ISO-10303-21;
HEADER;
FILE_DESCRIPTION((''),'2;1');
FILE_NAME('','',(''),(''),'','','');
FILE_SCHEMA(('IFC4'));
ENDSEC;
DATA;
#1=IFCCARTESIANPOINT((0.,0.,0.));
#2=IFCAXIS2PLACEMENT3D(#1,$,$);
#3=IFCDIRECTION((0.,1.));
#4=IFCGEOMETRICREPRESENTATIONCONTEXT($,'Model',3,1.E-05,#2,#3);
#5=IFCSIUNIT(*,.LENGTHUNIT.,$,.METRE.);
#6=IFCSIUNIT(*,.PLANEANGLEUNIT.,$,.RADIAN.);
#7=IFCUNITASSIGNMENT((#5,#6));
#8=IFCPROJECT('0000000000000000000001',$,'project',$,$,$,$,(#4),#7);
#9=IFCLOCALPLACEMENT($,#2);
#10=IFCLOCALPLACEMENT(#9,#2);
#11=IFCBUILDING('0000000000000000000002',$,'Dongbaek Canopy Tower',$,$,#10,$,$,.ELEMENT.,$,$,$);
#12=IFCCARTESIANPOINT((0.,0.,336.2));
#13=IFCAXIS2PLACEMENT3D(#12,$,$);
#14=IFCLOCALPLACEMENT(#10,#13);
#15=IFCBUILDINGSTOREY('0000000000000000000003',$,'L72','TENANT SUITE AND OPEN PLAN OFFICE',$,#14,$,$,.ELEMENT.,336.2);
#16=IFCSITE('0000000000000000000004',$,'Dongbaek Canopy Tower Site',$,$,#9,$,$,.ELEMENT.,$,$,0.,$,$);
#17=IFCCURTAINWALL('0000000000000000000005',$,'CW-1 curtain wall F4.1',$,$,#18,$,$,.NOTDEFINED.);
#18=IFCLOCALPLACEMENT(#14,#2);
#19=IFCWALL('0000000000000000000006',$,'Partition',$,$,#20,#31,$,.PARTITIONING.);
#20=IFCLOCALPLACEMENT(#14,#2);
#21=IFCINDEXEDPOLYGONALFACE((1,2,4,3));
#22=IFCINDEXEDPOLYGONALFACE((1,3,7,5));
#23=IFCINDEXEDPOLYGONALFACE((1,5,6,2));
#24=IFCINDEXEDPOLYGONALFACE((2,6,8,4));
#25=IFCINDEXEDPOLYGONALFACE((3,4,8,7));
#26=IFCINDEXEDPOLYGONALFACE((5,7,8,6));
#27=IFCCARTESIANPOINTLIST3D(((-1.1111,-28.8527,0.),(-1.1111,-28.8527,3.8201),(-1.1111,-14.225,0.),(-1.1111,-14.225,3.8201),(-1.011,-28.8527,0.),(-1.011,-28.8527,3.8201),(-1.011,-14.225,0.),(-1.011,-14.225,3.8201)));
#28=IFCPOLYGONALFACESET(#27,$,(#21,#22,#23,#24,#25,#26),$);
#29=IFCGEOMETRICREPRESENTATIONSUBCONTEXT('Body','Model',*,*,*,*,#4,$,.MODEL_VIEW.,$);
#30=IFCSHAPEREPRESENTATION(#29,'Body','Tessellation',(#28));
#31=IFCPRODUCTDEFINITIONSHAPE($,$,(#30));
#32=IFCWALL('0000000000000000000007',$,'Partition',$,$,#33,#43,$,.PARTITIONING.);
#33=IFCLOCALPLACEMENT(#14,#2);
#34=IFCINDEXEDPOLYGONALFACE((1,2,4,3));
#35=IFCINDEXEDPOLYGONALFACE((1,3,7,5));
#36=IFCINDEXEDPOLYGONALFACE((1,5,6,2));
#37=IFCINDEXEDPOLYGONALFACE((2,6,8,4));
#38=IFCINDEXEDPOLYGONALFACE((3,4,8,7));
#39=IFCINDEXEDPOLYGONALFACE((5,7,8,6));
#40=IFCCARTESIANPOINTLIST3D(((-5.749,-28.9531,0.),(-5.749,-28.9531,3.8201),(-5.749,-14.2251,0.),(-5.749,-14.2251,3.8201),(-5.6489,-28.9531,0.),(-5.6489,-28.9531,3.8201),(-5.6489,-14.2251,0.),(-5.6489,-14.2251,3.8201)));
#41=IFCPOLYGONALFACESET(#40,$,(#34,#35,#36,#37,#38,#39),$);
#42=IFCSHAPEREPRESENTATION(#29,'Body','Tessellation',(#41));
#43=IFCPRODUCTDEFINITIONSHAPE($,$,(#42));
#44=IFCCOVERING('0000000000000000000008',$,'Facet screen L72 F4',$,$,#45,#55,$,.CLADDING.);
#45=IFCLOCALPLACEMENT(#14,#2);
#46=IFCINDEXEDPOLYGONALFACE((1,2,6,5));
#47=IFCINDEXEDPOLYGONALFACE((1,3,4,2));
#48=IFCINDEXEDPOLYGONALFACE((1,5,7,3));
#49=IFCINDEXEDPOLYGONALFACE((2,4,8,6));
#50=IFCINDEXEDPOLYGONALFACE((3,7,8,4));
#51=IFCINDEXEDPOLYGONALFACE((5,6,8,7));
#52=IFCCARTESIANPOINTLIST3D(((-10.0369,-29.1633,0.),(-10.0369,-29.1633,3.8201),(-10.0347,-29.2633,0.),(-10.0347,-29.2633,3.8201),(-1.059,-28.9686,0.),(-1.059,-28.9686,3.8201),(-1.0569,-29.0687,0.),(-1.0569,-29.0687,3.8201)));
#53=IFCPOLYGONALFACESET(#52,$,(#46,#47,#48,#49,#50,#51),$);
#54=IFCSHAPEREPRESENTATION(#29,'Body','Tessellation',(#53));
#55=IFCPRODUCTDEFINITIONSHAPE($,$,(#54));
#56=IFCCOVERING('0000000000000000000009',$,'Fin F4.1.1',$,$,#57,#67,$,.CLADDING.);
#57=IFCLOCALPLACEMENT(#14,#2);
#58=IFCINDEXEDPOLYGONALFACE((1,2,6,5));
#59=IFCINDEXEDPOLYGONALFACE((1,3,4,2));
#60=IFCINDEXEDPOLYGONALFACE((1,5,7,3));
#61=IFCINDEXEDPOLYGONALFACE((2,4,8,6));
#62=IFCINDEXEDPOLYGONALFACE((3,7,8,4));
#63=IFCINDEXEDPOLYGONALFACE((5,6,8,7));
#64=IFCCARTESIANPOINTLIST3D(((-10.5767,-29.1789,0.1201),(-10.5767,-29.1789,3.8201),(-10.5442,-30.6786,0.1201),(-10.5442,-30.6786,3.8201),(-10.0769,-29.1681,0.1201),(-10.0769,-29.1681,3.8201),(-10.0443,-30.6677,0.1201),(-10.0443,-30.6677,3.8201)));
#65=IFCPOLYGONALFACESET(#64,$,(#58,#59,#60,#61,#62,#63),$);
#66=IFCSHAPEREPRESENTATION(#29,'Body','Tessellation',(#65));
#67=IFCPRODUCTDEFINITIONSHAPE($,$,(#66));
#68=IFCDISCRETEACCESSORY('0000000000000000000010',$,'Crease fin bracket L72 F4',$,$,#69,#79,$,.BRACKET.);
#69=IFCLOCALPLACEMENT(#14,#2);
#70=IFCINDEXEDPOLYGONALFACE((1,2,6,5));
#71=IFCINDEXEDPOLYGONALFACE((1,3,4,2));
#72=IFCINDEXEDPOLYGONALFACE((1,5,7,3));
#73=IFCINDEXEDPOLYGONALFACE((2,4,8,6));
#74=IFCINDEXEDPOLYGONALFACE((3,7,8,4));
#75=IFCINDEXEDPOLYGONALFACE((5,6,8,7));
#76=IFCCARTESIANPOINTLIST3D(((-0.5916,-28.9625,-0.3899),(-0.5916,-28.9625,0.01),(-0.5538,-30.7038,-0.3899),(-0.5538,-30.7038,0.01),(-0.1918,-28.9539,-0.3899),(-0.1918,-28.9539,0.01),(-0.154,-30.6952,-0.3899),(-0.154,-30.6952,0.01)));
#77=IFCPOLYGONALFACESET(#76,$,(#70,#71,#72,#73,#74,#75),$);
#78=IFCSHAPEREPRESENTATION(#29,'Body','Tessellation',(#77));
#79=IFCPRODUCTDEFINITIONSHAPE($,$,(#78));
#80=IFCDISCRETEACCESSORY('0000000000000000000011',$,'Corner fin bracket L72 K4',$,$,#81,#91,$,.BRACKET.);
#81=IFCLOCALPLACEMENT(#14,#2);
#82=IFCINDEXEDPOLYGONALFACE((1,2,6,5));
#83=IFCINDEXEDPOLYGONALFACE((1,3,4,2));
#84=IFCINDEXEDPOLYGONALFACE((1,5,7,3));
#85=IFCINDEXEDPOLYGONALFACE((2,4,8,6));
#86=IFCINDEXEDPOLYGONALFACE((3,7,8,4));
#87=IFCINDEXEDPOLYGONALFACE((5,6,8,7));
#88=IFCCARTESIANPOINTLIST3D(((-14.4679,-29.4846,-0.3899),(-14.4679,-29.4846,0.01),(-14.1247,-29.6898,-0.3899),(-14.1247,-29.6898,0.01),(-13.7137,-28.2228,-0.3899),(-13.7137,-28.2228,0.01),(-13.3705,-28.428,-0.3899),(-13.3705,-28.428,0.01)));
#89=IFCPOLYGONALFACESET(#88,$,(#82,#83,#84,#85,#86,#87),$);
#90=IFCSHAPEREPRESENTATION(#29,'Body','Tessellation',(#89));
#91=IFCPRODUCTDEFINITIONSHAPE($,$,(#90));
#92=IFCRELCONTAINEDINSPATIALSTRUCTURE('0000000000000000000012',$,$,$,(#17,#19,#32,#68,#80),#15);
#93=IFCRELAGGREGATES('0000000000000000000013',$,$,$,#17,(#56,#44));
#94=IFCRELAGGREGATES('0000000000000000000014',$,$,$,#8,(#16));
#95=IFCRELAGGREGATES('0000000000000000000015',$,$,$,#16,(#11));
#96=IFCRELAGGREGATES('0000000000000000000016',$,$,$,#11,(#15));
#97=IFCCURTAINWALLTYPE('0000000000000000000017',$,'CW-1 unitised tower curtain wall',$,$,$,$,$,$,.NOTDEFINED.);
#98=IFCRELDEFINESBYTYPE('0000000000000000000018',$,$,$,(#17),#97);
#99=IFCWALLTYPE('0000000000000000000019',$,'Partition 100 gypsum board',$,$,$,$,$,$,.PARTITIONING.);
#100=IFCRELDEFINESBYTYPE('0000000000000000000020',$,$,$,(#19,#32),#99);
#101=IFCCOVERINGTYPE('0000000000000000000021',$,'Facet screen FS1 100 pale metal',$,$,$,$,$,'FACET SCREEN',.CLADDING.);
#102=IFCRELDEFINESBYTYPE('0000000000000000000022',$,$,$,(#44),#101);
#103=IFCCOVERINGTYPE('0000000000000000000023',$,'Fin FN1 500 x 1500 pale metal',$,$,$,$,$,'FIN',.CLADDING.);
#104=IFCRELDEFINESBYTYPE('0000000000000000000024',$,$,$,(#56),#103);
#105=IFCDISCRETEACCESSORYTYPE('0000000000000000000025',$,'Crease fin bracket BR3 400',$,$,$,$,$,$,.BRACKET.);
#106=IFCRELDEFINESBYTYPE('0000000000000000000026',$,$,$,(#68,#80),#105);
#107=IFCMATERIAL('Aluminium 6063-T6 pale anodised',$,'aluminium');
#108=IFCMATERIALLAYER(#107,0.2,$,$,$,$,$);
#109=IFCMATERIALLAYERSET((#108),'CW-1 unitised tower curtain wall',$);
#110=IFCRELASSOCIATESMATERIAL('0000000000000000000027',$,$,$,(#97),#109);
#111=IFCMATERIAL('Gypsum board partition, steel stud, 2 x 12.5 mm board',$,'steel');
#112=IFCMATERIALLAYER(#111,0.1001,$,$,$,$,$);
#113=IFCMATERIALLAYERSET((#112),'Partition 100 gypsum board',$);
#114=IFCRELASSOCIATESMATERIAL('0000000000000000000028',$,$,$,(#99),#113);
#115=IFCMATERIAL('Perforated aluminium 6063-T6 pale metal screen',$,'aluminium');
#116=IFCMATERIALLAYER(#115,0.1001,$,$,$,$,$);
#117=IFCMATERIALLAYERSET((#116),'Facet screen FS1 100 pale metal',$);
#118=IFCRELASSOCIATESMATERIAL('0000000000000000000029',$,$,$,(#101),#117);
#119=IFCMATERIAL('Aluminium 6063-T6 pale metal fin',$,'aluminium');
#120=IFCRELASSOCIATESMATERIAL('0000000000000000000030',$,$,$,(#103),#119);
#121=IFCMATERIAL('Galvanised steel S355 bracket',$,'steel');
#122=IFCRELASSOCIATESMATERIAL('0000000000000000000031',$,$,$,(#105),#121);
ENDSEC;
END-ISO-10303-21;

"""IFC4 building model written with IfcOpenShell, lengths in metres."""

from ifc_helpers import new_model, si_unit, direction, frame, frame_2d, origin, origin_2d, place, context, subcontext, project, spatial, rectangle, extrude, material, layer, layer_set, material_profile, profile_set, type_object, element, aggregate, save


model = new_model("IFC4")

# Units and contexts
model_context = context("Model", 3, precision=1e-05, world=origin(), true_north=direction((0.0, 1.0)))
body_context = subcontext(model_context, "Body", "Model", "MODEL_VIEW")
ifc_project = project(units=[si_unit("LENGTHUNIT", "METRE"), si_unit("PLANEANGLEUNIT", "RADIAN")], contexts=[model_context])

# Site, building, storey
site_placement = place(None, origin())
site = spatial("IfcSite", under=ifc_project, at=site_placement, Name="Dongbaek Canopy Tower Site", CompositionType="ELEMENT", RefElevation=0.0)
building_placement = place(site_placement, origin())
building = spatial("IfcBuilding", under=site, at=building_placement, Name="Dongbaek Canopy Tower", CompositionType="ELEMENT")
storey_placement = place(building_placement, frame((0.0, 0.0, 336.2)))
storey = spatial("IfcBuildingStorey", under=building, at=storey_placement, Name="L72", Description="TENANT SUITE AND OPEN PLAN OFFICE", CompositionType="ELEMENT", Elevation=336.2)

# Curtain wall
ifc_material_1 = material(Name="Aluminium 6063-T6 pale anodised", Category="aluminium")
ifc_layer_1 = layer(ifc_material_1, 0.2)
ifc_layer_set_1 = layer_set([ifc_layer_1], Name="CW-1 unitised tower curtain wall")
curtain_wall_type = type_object("IfcCurtainWallType", Name="CW-1 unitised tower curtain wall", PredefinedType="NOTDEFINED", material=ifc_layer_set_1)
curtain_wall_1_placement = place(storey_placement, origin())
curtain_wall_1 = element("IfcCurtainWall", 1, at=curtain_wall_1_placement, inside=storey, type_object=curtain_wall_type, Name="CW-1 curtain wall F4.1", PredefinedType="NOTDEFINED")

# Walls
ifc_material_2 = material(Name="Gypsum board partition, steel stud, 2 x 12.5 mm board", Category="steel")
ifc_layer_2 = layer(ifc_material_2, 0.1001)
ifc_layer_set_2 = layer_set([ifc_layer_2], Name="Partition 100 gypsum board")
wall_type_1 = type_object("IfcWallType", Name="Partition 100 gypsum board", PredefinedType="PARTITIONING", material=ifc_layer_set_2)
wall_1_placement = place(storey_placement, frame((-1.061, -28.8528, 0.0), z_axis=(0.0, 0.0, 1.0), x_axis=(0.0, 1.0, 0.0)))
element("IfcWall", 2, at=wall_1_placement, inside=storey, type_object=wall_type_1, Name="Partition", PredefinedType="PARTITIONING", context=body_context, shape_type="SweptSolid", body=[
    extrude(rectangle(XDim=14.6277, YDim=0.1001, at=frame_2d((7.314, 0.0))), origin(), (0.0, 0.0, 1.0), 3.8201),
])
wall_2_placement = place(storey_placement, frame((-5.699, -28.9531, 0.0), z_axis=(0.0, 0.0, 1.0), x_axis=(0.0, 1.0, 0.0)))
element("IfcWall", 3, at=wall_2_placement, inside=storey, type_object=wall_type_1, Name="Partition", PredefinedType="PARTITIONING", context=body_context, shape_type="SweptSolid", body=[
    extrude(rectangle(XDim=14.728, YDim=0.1001, at=frame_2d((7.364, 0.0))), origin(), (0.0, 0.0, 1.0), 3.8201),
])

# Coverings
ifc_material_3 = material(Name="Perforated aluminium 6063-T6 pale metal screen", Category="aluminium")
ifc_layer_3 = layer(ifc_material_3, 0.1001)
ifc_layer_set_3 = layer_set([ifc_layer_3], Name="Facet screen FS1 100 pale metal")
covering_type_1 = type_object("IfcCoveringType", Name="Facet screen FS1 100 pale metal", ElementType="FACET SCREEN", PredefinedType="CLADDING", material=ifc_layer_set_3)
covering_1_placement = place(storey_placement, frame((-5.5469, -29.116, 0.0), z_axis=(0.0, 0.0, 1.0), x_axis=(0.999765, 0.021675, 0.0)))
covering_1 = element("IfcCovering", 4, at=covering_1_placement, type_object=covering_type_1, Name="Facet screen L72 F4", PredefinedType="CLADDING", context=body_context, shape_type="SweptSolid", body=[
    extrude(rectangle(XDim=8.98, YDim=0.1001, at=origin_2d()), origin(), (0.0, 0.0, 1.0), 3.8201),
])
ifc_material_4 = material(Name="Aluminium 6063-T6 pale metal fin", Category="aluminium")
ifc_material_profile_1 = material_profile(ifc_material_4, rectangle(XDim=1.5, YDim=0.5, at=origin_2d()), Name="Fin FN1 500 x 1500 pale metal")
ifc_profile_set_1 = profile_set([ifc_material_profile_1], Name="Aluminium 6063-T6 pale metal fin")
covering_type_2 = type_object("IfcCoveringType", Name="Fin FN1 500 x 1500 pale metal", ElementType="FIN", PredefinedType="CLADDING", material=ifc_profile_set_1)
covering_2_placement = place(storey_placement, frame((-10.3105, -29.9233, 0.1201), z_axis=(0.0, 0.0, 1.0), x_axis=(0.021676, -0.999765, 0.0)))
covering_2 = element("IfcCovering", 5, at=covering_2_placement, type_object=covering_type_2, Name="Fin F4.1.1", PredefinedType="CLADDING", context=body_context, shape_type="SweptSolid", body=[
    extrude(rectangle(XDim=1.5, YDim=0.5, at=origin_2d()), origin(), (0.0, 0.0, 1.0), 3.7),
])
aggregate(curtain_wall_1, [covering_2, covering_1])

# Discrete accessories
ifc_material_5 = material(Name="Galvanised steel S355 bracket", Category="steel")
discrete_accessory_type = type_object("IfcDiscreteAccessoryType", Name="Crease fin bracket BR3 400", PredefinedType="BRACKET", material=ifc_material_5)
discrete_accessory_1_placement = place(storey_placement, frame((-0.3728, -29.8289, -0.3899), z_axis=(0.0, 0.0, 1.0), x_axis=(0.021675, -0.999765, 0.0)))
element("IfcDiscreteAccessory", 6, at=discrete_accessory_1_placement, inside=storey, type_object=discrete_accessory_type, Name="Crease fin bracket L72 F4", PredefinedType="BRACKET", context=body_context, shape_type="SweptSolid", body=[
    extrude(rectangle(XDim=1.7417, YDim=0.3999, at=origin_2d()), origin(), (0.0, 0.0, 1.0), 0.3999),
])
discrete_accessory_2_placement = place(storey_placement, frame((-13.9192, -28.9563, -0.3899), z_axis=(0.0, 0.0, 1.0), x_axis=(-0.513063, -0.858351, 0.0)))
element("IfcDiscreteAccessory", 7, at=discrete_accessory_2_placement, inside=storey, type_object=discrete_accessory_type, Name="Corner fin bracket L72 K4", PredefinedType="BRACKET", context=body_context, shape_type="SweptSolid", body=[
    extrude(rectangle(XDim=1.47, YDim=0.3999, at=origin_2d()), origin(), (0.0, 0.0, 1.0), 0.3999),
])

save(model, "model.ifc")
